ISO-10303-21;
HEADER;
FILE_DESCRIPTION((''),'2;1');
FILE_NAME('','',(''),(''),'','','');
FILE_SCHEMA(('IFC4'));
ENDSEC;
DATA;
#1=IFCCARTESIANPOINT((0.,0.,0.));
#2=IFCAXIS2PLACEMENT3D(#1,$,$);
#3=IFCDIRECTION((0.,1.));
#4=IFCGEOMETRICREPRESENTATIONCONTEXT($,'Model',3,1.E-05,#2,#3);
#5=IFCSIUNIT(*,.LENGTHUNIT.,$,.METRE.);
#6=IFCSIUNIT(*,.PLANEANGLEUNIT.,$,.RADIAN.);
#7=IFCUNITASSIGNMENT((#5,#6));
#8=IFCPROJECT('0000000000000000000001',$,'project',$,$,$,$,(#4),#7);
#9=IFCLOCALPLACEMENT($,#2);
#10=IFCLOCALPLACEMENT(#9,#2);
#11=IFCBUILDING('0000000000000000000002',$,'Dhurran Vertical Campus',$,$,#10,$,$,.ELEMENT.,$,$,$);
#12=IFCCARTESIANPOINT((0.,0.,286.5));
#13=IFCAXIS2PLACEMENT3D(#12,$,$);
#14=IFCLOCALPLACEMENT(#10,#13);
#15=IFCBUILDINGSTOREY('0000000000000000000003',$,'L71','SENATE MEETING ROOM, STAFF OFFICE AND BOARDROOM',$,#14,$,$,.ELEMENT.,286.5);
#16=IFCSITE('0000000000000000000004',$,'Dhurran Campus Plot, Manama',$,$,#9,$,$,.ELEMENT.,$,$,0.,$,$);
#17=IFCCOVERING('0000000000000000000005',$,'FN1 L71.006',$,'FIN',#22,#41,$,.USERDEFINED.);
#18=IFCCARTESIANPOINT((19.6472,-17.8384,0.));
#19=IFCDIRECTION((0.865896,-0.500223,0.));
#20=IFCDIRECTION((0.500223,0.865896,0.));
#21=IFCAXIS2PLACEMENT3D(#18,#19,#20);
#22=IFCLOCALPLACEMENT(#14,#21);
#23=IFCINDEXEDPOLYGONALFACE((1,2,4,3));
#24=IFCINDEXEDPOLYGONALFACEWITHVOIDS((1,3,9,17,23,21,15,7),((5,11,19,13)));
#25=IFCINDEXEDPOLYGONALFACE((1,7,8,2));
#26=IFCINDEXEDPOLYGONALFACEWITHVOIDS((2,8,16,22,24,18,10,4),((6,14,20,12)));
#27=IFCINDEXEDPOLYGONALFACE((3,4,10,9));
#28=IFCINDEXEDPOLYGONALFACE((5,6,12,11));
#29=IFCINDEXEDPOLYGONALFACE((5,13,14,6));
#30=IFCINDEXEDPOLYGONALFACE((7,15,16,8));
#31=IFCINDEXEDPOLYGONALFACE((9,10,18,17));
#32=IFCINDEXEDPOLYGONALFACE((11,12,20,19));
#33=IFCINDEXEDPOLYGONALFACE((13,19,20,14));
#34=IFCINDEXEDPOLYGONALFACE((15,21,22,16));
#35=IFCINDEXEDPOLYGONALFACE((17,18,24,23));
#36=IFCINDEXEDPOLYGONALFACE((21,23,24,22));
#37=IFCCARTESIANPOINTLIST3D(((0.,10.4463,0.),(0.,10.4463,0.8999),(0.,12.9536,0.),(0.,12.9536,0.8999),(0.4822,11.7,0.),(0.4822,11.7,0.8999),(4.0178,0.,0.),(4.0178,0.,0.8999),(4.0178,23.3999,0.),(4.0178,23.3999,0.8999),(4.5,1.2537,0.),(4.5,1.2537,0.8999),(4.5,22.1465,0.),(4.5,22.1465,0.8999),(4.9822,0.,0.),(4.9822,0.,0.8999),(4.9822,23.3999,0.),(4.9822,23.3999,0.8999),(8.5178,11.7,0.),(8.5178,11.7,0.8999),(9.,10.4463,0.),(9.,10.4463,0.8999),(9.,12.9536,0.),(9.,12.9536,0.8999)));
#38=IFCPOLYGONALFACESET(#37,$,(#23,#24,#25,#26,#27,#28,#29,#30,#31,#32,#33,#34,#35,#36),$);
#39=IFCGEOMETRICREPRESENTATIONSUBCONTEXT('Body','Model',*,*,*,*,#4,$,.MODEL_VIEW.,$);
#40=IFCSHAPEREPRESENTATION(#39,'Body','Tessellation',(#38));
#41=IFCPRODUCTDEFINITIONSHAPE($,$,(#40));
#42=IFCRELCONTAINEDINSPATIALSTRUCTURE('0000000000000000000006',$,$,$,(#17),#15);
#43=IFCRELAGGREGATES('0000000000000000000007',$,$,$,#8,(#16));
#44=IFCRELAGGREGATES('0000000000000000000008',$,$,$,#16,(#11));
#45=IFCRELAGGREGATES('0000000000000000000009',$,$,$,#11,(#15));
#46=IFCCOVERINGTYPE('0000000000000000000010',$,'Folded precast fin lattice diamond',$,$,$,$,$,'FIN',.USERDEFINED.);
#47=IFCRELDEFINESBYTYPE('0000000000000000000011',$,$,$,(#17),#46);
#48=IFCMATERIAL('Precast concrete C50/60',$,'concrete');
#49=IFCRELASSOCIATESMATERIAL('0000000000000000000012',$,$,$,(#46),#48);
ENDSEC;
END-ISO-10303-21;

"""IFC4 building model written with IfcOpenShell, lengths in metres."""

from ifc_helpers import new_model, si_unit, direction, frame, origin, place, context, subcontext, project, spatial, polyline, outline, extrude, material, type_object, element, save


model = new_model("IFC4")

# Units and contexts
model_context = context("Model", 3, precision=1e-05, world=origin(), true_north=direction((0.0, 1.0)))
body_context = subcontext(model_context, "Body", "Model", "MODEL_VIEW")
ifc_project = project(units=[si_unit("LENGTHUNIT", "METRE"), si_unit("PLANEANGLEUNIT", "RADIAN")], contexts=[model_context])

# Site, building, storey
site_placement = place(None, origin())
site = spatial("IfcSite", under=ifc_project, at=site_placement, Name="Dhurran Campus Plot, Manama", CompositionType="ELEMENT", RefElevation=0.0)
building_placement = place(site_placement, origin())
building = spatial("IfcBuilding", under=site, at=building_placement, Name="Dhurran Vertical Campus", CompositionType="ELEMENT")
storey_placement = place(building_placement, frame((0.0, 0.0, 286.5)))
storey = spatial("IfcBuildingStorey", under=building, at=storey_placement, Name="L71", Description="SENATE MEETING ROOM, STAFF OFFICE AND BOARDROOM", CompositionType="ELEMENT", Elevation=286.5)

# Covering
ifc_material_1 = material(Name="Precast concrete C50/60", Category="concrete")
covering_type = type_object("IfcCoveringType", Name="Folded precast fin lattice diamond", ElementType="FIN", PredefinedType="USERDEFINED", material=ifc_material_1)
covering_1_placement = place(storey_placement, frame((19.6472, -17.8384, 0.0), z_axis=(0.865896, -0.500223, 0.0), x_axis=(0.500223, 0.865896, 0.0)))
element("IfcCovering", 1, at=covering_1_placement, inside=storey, type_object=covering_type, Name="FN1 L71.006", ObjectType="FIN", PredefinedType="USERDEFINED", context=body_context, shape_type="SweptSolid", body=[
    extrude(outline(polyline([(9.0, 12.9536), (9.0, 10.4463), (4.9822, 0.0), (4.0178, 0.0), (0.0, 10.4463), (0.0, 12.9536), (4.0178, 23.3999), (4.9822, 23.3999), (9.0, 12.9536)]), holes=[polyline([(8.5178, 11.7), (4.5, 22.1465), (0.4822, 11.7), (4.5, 1.2537), (8.5178, 11.7)])]), origin(), (0.0, 0.0, 1.0), 0.8999),
])

save(model, "model.ifc")
